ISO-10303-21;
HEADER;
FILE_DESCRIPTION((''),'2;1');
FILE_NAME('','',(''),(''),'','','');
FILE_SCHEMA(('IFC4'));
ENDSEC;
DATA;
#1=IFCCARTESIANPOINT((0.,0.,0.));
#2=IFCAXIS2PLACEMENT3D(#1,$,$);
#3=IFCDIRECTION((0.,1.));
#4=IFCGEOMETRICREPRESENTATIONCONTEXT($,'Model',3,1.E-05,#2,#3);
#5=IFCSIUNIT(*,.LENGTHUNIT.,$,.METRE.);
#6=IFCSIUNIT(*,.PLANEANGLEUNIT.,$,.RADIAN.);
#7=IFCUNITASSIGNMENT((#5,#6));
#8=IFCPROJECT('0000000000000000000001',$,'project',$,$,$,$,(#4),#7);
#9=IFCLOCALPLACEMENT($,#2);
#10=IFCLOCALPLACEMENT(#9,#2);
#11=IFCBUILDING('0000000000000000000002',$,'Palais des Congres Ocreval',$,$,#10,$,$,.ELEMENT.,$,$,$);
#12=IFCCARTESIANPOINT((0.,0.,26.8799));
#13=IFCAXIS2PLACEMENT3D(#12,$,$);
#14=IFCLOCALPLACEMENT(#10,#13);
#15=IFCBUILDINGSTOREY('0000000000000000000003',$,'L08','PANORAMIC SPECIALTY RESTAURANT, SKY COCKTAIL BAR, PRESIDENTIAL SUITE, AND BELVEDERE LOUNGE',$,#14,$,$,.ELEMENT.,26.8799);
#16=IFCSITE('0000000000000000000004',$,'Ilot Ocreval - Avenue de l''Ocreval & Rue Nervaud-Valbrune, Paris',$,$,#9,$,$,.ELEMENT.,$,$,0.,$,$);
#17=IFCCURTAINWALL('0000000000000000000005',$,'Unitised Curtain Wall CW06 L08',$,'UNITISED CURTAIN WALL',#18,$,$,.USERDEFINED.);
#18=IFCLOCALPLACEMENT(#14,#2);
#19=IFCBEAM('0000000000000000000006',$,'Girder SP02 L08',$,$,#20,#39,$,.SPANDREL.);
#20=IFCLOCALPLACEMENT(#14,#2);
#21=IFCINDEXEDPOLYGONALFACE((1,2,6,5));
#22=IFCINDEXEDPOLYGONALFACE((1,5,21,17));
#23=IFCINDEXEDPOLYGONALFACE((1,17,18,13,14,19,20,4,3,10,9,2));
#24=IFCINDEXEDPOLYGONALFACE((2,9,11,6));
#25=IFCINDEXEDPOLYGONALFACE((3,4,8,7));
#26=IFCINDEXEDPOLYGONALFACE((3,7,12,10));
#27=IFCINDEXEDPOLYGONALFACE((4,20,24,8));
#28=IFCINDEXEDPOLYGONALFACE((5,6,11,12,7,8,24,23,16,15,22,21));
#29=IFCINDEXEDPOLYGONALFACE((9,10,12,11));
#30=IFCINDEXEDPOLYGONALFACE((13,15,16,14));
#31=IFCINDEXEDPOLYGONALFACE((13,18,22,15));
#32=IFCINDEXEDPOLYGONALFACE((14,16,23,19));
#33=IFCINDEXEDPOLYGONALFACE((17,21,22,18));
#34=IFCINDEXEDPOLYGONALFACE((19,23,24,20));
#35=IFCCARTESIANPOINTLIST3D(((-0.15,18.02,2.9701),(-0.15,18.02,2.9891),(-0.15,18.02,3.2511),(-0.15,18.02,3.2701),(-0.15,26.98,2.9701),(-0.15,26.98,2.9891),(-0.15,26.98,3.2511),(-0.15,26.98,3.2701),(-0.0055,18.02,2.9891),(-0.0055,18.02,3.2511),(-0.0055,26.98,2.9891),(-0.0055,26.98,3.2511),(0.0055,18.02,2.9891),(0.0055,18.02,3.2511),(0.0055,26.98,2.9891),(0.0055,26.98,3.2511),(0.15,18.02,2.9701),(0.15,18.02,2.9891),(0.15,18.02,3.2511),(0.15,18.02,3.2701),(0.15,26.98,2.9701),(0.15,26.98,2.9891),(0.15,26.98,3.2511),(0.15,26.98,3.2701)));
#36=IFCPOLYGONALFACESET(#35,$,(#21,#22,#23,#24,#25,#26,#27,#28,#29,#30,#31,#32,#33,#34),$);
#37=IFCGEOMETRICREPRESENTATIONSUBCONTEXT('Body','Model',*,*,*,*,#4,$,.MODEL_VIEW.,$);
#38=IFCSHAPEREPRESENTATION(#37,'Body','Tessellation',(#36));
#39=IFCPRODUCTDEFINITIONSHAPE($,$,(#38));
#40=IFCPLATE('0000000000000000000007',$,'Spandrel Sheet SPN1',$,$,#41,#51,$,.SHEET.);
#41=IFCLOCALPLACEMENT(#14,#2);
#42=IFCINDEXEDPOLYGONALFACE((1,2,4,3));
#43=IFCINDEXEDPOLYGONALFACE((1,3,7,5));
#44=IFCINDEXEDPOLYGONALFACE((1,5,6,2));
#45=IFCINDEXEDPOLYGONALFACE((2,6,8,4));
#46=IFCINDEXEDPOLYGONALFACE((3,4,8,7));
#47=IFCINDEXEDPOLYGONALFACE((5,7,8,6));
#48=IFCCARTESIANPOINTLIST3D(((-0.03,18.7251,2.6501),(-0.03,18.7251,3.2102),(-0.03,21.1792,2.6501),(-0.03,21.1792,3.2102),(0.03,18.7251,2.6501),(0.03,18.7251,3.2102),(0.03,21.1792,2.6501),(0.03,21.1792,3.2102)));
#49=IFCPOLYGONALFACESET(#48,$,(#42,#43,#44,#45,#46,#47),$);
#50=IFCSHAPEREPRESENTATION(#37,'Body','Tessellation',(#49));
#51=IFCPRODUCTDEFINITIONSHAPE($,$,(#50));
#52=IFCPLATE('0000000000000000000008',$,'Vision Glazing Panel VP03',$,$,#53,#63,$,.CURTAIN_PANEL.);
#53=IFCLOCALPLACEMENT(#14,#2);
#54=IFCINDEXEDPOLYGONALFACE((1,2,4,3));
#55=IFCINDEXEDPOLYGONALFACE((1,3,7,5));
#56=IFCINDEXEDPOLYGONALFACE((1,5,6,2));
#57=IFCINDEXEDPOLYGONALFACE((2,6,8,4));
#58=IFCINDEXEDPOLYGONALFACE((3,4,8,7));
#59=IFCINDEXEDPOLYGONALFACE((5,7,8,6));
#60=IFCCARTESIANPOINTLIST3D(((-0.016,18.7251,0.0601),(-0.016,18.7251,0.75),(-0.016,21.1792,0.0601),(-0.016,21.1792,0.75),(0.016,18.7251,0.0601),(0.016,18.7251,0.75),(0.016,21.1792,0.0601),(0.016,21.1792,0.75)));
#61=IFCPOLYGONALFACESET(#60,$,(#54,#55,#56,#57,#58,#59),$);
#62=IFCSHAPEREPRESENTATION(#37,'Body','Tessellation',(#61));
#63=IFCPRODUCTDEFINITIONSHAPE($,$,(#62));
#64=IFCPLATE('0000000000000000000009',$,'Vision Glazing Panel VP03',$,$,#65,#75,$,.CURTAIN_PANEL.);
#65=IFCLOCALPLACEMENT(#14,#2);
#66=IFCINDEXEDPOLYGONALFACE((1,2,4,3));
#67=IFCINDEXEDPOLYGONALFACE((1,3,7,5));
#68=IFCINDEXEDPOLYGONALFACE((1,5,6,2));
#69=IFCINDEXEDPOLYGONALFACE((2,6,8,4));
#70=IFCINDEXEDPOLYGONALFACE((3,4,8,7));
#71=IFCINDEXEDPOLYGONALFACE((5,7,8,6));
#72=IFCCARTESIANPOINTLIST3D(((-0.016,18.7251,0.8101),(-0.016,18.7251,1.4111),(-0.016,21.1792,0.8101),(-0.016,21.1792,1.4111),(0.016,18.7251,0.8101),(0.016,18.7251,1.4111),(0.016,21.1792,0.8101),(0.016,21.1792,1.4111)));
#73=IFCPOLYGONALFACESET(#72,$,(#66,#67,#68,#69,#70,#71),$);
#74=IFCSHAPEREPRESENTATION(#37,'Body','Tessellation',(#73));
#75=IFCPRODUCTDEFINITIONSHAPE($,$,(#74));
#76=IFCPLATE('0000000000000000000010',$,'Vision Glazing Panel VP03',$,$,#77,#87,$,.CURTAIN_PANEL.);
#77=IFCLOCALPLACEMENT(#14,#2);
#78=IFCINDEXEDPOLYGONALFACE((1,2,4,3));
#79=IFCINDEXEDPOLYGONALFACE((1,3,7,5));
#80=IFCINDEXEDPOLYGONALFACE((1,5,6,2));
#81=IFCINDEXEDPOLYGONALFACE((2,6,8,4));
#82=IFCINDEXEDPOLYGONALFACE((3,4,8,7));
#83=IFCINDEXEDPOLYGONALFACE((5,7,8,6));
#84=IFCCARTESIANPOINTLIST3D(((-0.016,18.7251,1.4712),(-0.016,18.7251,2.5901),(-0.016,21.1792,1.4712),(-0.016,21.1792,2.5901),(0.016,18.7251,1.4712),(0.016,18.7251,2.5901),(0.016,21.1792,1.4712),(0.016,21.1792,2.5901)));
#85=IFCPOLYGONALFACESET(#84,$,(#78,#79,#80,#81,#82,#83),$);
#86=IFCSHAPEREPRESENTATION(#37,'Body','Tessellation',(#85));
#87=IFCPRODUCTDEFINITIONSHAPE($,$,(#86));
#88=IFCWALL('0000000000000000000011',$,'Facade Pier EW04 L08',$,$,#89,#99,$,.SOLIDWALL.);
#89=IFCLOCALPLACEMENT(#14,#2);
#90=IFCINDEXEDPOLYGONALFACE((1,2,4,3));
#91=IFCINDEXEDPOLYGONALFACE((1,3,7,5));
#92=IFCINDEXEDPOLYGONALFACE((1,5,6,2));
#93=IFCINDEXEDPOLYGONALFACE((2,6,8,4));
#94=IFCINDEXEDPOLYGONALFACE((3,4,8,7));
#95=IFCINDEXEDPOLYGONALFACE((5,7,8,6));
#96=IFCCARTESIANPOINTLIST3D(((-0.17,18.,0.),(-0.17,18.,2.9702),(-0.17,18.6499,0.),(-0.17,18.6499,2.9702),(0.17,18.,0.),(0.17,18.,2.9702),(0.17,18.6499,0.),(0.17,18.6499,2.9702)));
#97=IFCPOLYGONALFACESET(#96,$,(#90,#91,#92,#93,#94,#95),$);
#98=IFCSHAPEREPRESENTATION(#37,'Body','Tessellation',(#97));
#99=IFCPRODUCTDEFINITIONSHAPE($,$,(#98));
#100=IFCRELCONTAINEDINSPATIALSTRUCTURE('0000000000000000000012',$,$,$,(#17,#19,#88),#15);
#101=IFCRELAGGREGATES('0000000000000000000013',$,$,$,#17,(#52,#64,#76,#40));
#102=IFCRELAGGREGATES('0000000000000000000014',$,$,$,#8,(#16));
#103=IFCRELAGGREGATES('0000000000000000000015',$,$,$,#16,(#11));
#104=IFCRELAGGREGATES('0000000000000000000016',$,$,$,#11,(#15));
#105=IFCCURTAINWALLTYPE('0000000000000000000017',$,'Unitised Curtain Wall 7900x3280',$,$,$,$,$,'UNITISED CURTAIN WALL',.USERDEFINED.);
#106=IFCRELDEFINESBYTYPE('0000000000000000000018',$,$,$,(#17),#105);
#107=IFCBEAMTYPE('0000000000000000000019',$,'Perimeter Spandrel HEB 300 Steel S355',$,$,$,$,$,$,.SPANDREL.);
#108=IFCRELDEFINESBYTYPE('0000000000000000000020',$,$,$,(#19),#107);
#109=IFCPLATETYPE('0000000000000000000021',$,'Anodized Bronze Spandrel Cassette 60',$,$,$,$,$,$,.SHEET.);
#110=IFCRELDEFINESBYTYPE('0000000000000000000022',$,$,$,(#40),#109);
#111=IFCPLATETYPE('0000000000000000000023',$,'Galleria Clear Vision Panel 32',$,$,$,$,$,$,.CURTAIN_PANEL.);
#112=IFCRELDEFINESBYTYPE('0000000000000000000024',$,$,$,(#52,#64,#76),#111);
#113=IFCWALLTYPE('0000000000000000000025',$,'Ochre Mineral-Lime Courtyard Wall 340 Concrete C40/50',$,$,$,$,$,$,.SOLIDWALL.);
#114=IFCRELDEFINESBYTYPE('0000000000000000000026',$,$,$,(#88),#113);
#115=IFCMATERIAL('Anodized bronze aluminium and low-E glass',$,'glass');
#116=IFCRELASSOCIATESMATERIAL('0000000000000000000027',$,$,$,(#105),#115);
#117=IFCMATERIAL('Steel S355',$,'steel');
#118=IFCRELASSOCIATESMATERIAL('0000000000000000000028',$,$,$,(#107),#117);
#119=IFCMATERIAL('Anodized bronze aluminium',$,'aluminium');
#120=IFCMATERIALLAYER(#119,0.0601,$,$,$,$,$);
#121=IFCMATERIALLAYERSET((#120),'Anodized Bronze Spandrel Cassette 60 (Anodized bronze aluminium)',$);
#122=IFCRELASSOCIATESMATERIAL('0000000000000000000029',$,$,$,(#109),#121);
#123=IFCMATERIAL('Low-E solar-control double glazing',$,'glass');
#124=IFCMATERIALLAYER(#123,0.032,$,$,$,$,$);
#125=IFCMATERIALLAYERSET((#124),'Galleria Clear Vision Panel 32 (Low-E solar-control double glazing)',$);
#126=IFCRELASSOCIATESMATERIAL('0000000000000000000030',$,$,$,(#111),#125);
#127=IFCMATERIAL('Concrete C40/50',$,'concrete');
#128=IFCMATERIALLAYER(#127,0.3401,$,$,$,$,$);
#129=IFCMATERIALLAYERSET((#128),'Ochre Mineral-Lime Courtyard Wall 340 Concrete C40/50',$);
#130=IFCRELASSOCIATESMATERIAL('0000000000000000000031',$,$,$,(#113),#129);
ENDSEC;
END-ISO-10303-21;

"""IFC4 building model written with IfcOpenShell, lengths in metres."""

from ifc_helpers import new_model, si_unit, direction, frame, frame_2d, origin, origin_2d, place, context, subcontext, project, spatial, rectangle, i_section, extrude, material, layer, layer_set, material_profile, profile_set, type_object, element, aggregate, save


model = new_model("IFC4")

# Units and contexts
model_context = context("Model", 3, precision=1e-05, world=origin(), true_north=direction((0.0, 1.0)))
body_context = subcontext(model_context, "Body", "Model", "MODEL_VIEW")
ifc_project = project(units=[si_unit("LENGTHUNIT", "METRE"), si_unit("PLANEANGLEUNIT", "RADIAN")], contexts=[model_context])

# Site, building, storey
site_placement = place(None, origin())
site = spatial("IfcSite", under=ifc_project, at=site_placement, Name="Ilot Ocreval - Avenue de l'Ocreval & Rue Nervaud-Valbrune, Paris", CompositionType="ELEMENT", RefElevation=0.0)
building_placement = place(site_placement, origin())
building = spatial("IfcBuilding", under=site, at=building_placement, Name="Palais des Congres Ocreval", CompositionType="ELEMENT")
storey_placement = place(building_placement, frame((0.0, 0.0, 26.8799)))
storey = spatial("IfcBuildingStorey", under=building, at=storey_placement, Name="L08", Description="PANORAMIC SPECIALTY RESTAURANT, SKY COCKTAIL BAR, PRESIDENTIAL SUITE, AND BELVEDERE LOUNGE", CompositionType="ELEMENT", Elevation=26.8799)

# Shared definitions
ifc_material_1 = material(Name="Steel S355", Category="steel")

# Curtain wall
ifc_material_2 = material(Name="Anodized bronze aluminium and low-E glass", Category="glass")
curtain_wall_type = type_object("IfcCurtainWallType", Name="Unitised Curtain Wall 7900x3280", ElementType="UNITISED CURTAIN WALL", PredefinedType="USERDEFINED", material=ifc_material_2)
curtain_wall_placement = place(storey_placement, origin())
curtain_wall = element("IfcCurtainWall", 1, at=curtain_wall_placement, inside=storey, type_object=curtain_wall_type, Name="Unitised Curtain Wall CW06 L08", ObjectType="UNITISED CURTAIN WALL", PredefinedType="USERDEFINED")
ifc_material_3 = material(Name="Anodized bronze aluminium", Category="aluminium")

# Beam
ifc_material_profile_1 = material_profile(ifc_material_1, i_section(OverallWidth=0.3, OverallDepth=0.3, WebThickness=0.011, FlangeThickness=0.019, at=origin_2d()), Name="HEB 300")
ifc_profile_set_1 = profile_set([ifc_material_profile_1], Name="Steel S355")
beam_type = type_object("IfcBeamType", Name="Perimeter Spandrel HEB 300 Steel S355", PredefinedType="SPANDREL", material=ifc_profile_set_1)
beam_placement = place(storey_placement, frame((0.0, 18.02, 3.1201), z_axis=(0.0, 1.0, 0.0), x_axis=(-1.0, 0.0, 0.0)))
element("IfcBeam", 2, at=beam_placement, inside=storey, type_object=beam_type, Name="Girder SP02 L08", PredefinedType="SPANDREL", context=body_context, shape_type="SweptSolid", body=[
    extrude(i_section(OverallWidth=0.3, OverallDepth=0.3, WebThickness=0.011, FlangeThickness=0.019, at=origin_2d()), origin(), (0.0, 0.0, 1.0), 8.96),
])

# Plates
ifc_layer_1 = layer(ifc_material_3, 0.0601)
ifc_layer_set_1 = layer_set([ifc_layer_1], Name="Anodized Bronze Spandrel Cassette 60 (Anodized bronze aluminium)")
plate_type_1 = type_object("IfcPlateType", Name="Anodized Bronze Spandrel Cassette 60", PredefinedType="SHEET", material=ifc_layer_set_1)
plate_1_placement = place(storey_placement, frame((0.0, 19.9521, 2.6501), z_axis=(0.0, 0.0, 1.0), x_axis=(0.0, 1.0, 0.0)))
plate_1 = element("IfcPlate", 3, at=plate_1_placement, type_object=plate_type_1, Name="Spandrel Sheet SPN1", PredefinedType="SHEET", context=body_context, shape_type="SweptSolid", body=[
    extrude(rectangle(XDim=2.4541, YDim=0.0601, at=origin_2d()), origin(), (0.0, 0.0, 1.0), 0.5601),
])
ifc_material_4 = material(Name="Low-E solar-control double glazing", Category="glass")
ifc_layer_2 = layer(ifc_material_4, 0.032)
ifc_layer_set_2 = layer_set([ifc_layer_2], Name="Galleria Clear Vision Panel 32 (Low-E solar-control double glazing)")
plate_type_2 = type_object("IfcPlateType", Name="Galleria Clear Vision Panel 32", PredefinedType="CURTAIN_PANEL", material=ifc_layer_set_2)
plate_2_placement = place(storey_placement, frame((0.0, 19.9521, 0.0601), z_axis=(0.0, 0.0, 1.0), x_axis=(0.0, 1.0, 0.0)))
plate_2 = element("IfcPlate", 4, at=plate_2_placement, type_object=plate_type_2, Name="Vision Glazing Panel VP03", PredefinedType="CURTAIN_PANEL", context=body_context, shape_type="SweptSolid", body=[
    extrude(rectangle(XDim=2.4541, YDim=0.032, at=origin_2d()), origin(), (0.0, 0.0, 1.0), 0.6899),
])
plate_3_placement = place(storey_placement, frame((0.0, 19.9521, 0.8101), z_axis=(0.0, 0.0, 1.0), x_axis=(0.0, 1.0, 0.0)))
plate_3 = element("IfcPlate", 5, at=plate_3_placement, type_object=plate_type_2, Name="Vision Glazing Panel VP03", PredefinedType="CURTAIN_PANEL", context=body_context, shape_type="SweptSolid", body=[
    extrude(rectangle(XDim=2.4541, YDim=0.032, at=origin_2d()), origin(), (0.0, 0.0, 1.0), 0.6011),
])
plate_4_placement = place(storey_placement, frame((0.0, 19.9521, 1.4712), z_axis=(0.0, 0.0, 1.0), x_axis=(0.0, 1.0, 0.0)))
plate_4 = element("IfcPlate", 6, at=plate_4_placement, type_object=plate_type_2, Name="Vision Glazing Panel VP03", PredefinedType="CURTAIN_PANEL", context=body_context, shape_type="SweptSolid", body=[
    extrude(rectangle(XDim=2.4541, YDim=0.032, at=origin_2d()), origin(), (0.0, 0.0, 1.0), 1.1189),
])
aggregate(curtain_wall, [plate_2, plate_3, plate_4, plate_1])

# Wall
ifc_material_5 = material(Name="Concrete C40/50", Category="concrete")
ifc_layer_3 = layer(ifc_material_5, 0.3401)
ifc_layer_set_3 = layer_set([ifc_layer_3], Name="Ochre Mineral-Lime Courtyard Wall 340 Concrete C40/50")
wall_type = type_object("IfcWallType", Name="Ochre Mineral-Lime Courtyard Wall 340 Concrete C40/50", PredefinedType="SOLIDWALL", material=ifc_layer_set_3)
wall_placement = place(storey_placement, frame((0.0, 18.0, 0.0), z_axis=(0.0, 0.0, 1.0), x_axis=(0.0, 1.0, 0.0)))
element("IfcWall", 7, at=wall_placement, inside=storey, type_object=wall_type, Name="Facade Pier EW04 L08", PredefinedType="SOLIDWALL", context=body_context, shape_type="SweptSolid", body=[
    extrude(rectangle(XDim=0.6499, YDim=0.3401, at=frame_2d((0.325, 0.0))), origin(), (0.0, 0.0, 1.0), 2.9702),
])

save(model, "model.ifc")
